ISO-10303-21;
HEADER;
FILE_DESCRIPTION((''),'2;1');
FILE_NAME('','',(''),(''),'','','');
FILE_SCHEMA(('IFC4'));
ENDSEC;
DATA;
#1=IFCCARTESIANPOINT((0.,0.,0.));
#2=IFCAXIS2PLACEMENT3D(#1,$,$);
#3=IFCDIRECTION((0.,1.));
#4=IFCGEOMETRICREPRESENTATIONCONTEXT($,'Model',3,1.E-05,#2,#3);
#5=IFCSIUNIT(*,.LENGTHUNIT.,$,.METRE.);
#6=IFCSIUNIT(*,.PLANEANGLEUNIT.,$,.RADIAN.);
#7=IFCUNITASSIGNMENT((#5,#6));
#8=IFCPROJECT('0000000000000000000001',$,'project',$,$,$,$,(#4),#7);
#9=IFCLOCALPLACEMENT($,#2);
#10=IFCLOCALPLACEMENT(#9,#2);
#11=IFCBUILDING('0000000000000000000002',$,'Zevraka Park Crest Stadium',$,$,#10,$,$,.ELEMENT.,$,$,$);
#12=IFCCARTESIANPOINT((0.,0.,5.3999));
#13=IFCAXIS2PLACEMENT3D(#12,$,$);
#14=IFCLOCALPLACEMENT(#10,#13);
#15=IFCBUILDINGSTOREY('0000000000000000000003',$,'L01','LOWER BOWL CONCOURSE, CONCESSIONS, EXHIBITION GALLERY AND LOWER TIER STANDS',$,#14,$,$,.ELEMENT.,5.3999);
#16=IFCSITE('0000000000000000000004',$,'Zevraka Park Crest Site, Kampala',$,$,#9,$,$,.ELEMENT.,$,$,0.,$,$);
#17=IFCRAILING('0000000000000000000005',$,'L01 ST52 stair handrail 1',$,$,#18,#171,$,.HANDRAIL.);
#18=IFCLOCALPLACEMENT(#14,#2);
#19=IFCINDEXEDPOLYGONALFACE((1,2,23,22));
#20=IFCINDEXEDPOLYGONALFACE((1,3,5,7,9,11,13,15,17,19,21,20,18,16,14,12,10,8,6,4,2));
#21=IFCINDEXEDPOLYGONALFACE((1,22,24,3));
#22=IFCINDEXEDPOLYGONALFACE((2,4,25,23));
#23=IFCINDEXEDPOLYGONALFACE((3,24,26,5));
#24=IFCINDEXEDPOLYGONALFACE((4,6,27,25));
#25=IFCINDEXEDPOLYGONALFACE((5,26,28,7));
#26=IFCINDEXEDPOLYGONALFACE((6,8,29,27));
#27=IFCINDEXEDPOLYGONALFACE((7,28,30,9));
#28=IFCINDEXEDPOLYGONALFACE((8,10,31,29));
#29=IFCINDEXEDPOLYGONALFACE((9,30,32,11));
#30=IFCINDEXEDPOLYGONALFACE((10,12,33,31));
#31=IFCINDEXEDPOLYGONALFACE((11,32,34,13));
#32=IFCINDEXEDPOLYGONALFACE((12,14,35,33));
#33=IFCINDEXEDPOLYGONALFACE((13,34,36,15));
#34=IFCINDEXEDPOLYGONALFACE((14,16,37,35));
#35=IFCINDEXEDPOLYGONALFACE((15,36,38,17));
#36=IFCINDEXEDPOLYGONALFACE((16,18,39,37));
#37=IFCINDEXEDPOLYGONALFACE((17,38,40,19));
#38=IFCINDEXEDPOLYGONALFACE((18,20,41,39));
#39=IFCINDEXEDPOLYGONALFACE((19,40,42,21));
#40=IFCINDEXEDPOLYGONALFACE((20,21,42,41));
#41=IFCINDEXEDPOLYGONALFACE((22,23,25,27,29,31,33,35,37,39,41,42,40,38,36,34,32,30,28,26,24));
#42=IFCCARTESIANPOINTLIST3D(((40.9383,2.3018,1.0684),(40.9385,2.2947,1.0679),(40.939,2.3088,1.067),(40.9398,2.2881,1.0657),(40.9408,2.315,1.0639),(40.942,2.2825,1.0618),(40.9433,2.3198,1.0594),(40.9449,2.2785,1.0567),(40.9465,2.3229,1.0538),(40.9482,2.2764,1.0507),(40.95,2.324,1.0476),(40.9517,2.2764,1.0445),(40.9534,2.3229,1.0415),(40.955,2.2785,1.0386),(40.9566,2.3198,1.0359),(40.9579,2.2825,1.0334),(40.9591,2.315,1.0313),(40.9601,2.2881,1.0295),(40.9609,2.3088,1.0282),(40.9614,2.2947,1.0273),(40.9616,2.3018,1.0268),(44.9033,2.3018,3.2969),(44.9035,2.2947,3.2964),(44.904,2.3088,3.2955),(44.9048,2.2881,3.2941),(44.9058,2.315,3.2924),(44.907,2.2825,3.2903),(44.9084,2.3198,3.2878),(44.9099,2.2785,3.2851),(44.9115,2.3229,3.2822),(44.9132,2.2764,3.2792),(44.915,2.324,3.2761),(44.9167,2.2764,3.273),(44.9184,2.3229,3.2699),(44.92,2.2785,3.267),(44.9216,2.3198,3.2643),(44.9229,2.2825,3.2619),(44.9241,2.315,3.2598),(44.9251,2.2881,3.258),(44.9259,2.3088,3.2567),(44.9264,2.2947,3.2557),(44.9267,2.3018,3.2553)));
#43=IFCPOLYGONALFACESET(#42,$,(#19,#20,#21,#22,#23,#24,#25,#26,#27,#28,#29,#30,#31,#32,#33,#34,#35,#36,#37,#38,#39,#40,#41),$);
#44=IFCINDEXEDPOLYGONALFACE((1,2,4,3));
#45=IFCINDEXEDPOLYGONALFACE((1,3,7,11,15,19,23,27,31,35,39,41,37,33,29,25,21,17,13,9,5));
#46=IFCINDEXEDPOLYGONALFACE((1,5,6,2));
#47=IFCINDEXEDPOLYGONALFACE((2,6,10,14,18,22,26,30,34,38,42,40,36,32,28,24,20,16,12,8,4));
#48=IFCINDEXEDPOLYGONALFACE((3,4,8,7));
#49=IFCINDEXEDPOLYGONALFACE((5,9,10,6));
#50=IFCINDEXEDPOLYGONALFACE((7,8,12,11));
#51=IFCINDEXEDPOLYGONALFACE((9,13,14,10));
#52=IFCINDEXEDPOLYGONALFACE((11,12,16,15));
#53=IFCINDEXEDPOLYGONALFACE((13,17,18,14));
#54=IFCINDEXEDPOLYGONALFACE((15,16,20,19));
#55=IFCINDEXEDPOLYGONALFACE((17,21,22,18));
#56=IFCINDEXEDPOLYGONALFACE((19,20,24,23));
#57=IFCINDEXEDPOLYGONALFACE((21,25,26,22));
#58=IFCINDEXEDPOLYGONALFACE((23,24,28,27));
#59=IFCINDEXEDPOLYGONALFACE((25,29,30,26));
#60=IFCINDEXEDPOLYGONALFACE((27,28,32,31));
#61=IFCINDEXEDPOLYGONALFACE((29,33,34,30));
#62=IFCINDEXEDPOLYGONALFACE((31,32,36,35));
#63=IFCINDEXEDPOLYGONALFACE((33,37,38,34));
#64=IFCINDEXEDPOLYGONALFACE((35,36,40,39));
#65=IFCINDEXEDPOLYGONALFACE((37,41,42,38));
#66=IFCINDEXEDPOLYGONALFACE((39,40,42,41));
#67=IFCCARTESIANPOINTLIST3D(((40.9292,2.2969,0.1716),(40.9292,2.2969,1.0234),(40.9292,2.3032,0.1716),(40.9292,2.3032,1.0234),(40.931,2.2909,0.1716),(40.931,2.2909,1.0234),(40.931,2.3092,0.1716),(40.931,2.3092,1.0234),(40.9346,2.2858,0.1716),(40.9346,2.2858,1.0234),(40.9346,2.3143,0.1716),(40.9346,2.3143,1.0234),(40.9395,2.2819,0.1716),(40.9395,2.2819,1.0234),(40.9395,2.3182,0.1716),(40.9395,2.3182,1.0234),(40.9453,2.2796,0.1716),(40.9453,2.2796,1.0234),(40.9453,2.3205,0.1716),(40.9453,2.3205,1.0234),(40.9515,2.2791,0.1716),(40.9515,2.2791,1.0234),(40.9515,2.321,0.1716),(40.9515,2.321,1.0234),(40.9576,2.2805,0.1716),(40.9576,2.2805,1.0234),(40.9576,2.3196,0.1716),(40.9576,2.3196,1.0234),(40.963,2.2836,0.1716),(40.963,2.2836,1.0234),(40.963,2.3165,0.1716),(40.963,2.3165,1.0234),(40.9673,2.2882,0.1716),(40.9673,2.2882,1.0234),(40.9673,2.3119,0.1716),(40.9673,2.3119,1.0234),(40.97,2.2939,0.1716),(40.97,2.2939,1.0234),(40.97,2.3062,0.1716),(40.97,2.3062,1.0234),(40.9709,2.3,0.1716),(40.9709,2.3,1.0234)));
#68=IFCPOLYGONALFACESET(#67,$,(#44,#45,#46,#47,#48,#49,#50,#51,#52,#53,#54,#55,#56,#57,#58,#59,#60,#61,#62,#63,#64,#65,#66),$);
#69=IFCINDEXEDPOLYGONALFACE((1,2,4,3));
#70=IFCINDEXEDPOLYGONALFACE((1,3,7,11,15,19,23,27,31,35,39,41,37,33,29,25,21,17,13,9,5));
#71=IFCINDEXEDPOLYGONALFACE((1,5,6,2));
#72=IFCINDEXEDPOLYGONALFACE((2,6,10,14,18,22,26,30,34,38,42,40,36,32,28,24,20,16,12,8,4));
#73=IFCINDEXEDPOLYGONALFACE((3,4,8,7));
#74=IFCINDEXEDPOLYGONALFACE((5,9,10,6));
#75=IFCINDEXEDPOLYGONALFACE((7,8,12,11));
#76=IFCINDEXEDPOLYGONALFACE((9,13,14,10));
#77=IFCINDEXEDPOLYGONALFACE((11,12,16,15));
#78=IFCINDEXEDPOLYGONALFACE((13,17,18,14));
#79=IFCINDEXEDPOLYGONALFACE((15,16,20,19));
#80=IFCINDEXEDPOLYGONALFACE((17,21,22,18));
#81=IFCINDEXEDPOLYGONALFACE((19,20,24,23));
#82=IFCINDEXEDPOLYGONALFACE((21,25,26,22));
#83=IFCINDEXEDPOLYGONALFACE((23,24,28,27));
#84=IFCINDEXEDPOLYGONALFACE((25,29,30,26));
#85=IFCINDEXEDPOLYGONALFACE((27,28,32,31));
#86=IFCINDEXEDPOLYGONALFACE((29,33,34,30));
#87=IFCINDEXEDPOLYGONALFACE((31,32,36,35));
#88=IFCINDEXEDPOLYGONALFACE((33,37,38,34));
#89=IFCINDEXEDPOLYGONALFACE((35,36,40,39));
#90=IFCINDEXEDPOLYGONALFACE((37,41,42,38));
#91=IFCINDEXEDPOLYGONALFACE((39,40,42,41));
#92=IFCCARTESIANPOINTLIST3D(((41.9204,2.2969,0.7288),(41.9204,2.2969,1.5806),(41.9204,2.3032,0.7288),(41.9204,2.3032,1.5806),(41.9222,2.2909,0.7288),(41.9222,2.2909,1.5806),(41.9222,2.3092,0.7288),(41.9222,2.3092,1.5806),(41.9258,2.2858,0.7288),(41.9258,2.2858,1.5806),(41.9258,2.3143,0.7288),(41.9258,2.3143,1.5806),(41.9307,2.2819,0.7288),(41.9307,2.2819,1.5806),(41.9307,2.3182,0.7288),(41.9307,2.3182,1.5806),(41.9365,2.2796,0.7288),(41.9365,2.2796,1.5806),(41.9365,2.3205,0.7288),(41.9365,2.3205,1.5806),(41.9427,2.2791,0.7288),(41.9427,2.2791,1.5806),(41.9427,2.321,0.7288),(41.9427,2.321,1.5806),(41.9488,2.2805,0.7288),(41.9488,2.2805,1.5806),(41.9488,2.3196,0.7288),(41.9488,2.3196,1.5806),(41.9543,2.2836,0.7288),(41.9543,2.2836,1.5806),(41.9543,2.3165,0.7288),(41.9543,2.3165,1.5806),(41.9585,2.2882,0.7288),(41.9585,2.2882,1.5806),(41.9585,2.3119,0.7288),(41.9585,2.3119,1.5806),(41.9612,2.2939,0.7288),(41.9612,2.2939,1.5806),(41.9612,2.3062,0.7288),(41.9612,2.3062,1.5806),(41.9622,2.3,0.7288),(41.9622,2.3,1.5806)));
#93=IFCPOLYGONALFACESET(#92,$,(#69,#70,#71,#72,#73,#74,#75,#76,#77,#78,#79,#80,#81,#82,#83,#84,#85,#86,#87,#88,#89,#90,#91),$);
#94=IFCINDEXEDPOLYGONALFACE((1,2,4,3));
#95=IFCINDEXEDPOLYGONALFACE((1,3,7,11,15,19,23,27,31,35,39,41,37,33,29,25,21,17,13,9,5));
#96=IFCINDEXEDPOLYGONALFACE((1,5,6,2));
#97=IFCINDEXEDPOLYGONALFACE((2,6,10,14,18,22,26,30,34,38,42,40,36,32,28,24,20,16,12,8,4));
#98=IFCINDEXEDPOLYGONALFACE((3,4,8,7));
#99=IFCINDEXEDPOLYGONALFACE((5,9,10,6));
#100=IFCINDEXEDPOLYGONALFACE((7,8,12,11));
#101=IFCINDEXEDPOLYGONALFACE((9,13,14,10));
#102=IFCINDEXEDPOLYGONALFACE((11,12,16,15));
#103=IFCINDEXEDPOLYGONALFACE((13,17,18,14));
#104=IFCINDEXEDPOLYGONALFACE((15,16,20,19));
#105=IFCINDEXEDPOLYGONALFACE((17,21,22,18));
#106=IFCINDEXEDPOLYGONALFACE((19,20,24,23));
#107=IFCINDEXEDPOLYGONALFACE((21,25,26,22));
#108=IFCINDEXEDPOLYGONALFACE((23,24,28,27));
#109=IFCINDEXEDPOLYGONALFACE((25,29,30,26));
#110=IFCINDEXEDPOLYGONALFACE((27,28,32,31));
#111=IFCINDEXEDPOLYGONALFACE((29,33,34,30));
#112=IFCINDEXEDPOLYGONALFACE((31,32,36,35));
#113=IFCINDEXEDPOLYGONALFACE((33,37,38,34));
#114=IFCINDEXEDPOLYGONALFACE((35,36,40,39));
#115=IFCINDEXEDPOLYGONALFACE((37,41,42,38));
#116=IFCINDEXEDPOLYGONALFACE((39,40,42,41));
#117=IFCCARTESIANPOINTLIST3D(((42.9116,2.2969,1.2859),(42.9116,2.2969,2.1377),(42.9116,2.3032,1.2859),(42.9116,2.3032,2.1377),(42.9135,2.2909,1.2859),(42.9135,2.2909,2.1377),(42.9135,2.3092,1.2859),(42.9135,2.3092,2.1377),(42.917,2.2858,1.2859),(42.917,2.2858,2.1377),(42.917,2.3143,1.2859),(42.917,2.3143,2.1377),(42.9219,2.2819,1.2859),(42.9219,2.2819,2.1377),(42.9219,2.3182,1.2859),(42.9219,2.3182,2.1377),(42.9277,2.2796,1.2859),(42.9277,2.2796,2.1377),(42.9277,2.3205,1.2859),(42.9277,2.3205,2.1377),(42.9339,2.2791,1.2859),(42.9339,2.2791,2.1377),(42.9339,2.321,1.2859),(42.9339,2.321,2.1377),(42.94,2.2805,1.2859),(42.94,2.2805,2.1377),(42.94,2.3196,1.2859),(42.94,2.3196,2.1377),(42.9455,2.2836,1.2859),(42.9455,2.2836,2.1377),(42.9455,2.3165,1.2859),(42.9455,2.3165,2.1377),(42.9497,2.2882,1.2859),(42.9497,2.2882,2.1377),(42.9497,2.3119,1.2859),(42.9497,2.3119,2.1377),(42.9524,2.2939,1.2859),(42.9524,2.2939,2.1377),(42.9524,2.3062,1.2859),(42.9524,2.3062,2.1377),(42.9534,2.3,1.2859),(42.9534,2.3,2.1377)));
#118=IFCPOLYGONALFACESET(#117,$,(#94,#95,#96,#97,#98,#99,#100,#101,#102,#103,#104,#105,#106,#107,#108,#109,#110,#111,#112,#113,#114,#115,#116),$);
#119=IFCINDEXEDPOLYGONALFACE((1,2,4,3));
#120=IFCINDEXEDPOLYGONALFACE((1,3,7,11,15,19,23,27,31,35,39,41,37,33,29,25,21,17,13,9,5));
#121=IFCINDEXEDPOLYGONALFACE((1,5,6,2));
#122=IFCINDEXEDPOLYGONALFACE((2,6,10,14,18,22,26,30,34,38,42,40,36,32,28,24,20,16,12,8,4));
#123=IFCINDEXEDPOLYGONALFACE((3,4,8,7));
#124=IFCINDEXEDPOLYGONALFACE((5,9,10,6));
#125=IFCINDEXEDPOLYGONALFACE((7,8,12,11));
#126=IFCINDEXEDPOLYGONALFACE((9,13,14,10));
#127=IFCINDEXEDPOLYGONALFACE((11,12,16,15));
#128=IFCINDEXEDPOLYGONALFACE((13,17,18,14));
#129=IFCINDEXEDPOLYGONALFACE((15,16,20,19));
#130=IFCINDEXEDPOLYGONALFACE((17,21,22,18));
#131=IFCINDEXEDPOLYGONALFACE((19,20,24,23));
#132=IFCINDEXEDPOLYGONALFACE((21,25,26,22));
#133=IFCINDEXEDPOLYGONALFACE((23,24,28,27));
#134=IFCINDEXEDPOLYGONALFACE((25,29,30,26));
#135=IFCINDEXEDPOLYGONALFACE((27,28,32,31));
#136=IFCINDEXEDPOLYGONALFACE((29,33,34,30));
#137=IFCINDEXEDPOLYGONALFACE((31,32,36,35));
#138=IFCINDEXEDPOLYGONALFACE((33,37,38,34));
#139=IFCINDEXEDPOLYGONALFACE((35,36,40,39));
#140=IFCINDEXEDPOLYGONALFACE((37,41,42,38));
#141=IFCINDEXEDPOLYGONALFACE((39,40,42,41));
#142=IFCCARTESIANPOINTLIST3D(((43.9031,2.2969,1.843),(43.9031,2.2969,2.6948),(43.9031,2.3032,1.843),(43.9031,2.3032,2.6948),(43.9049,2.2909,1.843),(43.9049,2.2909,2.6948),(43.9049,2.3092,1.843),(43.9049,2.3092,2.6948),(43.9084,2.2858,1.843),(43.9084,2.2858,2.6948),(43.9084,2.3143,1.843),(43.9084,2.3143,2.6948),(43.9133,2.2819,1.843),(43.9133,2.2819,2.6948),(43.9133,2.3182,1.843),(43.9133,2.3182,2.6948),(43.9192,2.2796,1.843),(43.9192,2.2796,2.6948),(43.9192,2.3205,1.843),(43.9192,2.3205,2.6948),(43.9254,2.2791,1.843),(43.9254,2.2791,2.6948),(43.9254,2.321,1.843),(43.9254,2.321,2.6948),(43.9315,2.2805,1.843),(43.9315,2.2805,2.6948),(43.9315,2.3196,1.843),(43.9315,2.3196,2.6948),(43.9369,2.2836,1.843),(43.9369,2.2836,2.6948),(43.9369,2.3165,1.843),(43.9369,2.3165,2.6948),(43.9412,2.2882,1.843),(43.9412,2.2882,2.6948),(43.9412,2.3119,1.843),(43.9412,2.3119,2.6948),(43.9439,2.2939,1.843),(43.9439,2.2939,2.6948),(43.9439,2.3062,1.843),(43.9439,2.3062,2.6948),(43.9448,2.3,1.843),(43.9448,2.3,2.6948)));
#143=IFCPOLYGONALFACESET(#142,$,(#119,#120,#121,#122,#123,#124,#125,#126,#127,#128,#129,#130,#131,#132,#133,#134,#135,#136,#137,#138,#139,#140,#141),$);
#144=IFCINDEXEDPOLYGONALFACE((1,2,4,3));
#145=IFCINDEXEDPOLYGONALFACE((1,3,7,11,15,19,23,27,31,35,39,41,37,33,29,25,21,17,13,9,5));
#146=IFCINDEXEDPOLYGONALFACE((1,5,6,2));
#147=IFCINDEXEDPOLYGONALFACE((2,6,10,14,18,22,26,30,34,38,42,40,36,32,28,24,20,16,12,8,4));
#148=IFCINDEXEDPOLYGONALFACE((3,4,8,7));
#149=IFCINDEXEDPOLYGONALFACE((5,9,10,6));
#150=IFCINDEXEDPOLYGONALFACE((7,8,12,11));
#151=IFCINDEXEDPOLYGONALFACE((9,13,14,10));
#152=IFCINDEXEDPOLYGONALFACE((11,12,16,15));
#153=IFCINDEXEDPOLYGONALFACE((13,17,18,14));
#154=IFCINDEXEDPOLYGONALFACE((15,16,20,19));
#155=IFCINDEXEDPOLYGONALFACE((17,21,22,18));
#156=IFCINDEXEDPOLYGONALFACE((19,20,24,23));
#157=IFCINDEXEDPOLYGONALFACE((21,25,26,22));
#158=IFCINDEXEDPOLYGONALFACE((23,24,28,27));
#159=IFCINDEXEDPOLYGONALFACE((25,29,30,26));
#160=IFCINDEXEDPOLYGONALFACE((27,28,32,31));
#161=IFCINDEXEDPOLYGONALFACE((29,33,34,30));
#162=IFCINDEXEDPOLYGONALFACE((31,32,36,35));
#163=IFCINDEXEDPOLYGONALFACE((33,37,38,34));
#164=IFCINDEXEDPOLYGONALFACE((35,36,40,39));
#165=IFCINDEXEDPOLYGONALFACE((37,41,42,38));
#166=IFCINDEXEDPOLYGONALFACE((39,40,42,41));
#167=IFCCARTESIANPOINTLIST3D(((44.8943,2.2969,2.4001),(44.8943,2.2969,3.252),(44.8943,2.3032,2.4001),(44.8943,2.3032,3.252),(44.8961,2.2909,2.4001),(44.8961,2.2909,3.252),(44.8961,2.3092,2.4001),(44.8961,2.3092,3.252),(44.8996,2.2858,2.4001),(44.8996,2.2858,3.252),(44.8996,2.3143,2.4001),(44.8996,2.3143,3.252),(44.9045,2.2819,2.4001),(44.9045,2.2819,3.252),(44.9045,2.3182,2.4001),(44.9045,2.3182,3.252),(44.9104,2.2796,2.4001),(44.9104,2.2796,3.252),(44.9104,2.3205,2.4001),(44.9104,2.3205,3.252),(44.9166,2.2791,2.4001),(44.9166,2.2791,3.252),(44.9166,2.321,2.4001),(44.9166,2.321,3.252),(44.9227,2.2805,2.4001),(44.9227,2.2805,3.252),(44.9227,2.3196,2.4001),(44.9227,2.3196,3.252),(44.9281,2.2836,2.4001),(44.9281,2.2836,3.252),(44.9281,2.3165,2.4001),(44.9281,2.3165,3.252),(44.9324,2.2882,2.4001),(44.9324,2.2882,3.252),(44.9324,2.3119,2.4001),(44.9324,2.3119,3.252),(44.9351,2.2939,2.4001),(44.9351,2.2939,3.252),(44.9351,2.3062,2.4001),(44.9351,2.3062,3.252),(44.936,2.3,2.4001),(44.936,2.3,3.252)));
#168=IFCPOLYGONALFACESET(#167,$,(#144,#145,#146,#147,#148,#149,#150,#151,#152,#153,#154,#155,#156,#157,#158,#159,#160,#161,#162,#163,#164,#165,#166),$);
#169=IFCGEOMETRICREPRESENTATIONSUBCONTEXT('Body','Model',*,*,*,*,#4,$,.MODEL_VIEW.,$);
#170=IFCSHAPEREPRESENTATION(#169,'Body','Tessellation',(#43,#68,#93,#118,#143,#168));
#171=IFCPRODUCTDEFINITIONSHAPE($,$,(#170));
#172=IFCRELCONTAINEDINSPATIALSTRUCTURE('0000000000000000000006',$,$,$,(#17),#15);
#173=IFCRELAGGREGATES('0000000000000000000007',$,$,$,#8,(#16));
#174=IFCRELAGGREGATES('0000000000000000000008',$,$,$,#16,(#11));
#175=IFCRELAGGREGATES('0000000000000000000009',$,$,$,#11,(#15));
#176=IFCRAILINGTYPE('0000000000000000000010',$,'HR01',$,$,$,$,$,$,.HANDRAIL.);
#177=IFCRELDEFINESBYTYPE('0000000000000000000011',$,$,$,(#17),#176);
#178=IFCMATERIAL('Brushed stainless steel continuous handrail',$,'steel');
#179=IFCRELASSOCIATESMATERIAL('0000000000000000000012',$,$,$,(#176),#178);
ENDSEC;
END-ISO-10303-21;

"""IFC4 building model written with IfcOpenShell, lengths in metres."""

from ifc_helpers import new_model, si_unit, direction, frame, origin, origin_2d, place, context, subcontext, project, spatial, circle, extrude, material, type_object, element, save


model = new_model("IFC4")

# Units and contexts
model_context = context("Model", 3, precision=1e-05, world=origin(), true_north=direction((0.0, 1.0)))
body_context = subcontext(model_context, "Body", "Model", "MODEL_VIEW")
ifc_project = project(units=[si_unit("LENGTHUNIT", "METRE"), si_unit("PLANEANGLEUNIT", "RADIAN")], contexts=[model_context])

# Site, building, storey
site_placement = place(None, origin())
site = spatial("IfcSite", under=ifc_project, at=site_placement, Name="Zevraka Park Crest Site, Kampala", CompositionType="ELEMENT", RefElevation=0.0)
building_placement = place(site_placement, origin())
building = spatial("IfcBuilding", under=site, at=building_placement, Name="Zevraka Park Crest Stadium", CompositionType="ELEMENT")
storey_placement = place(building_placement, frame((0.0, 0.0, 5.3999)))
storey = spatial("IfcBuildingStorey", under=building, at=storey_placement, Name="L01", Description="LOWER BOWL CONCOURSE, CONCESSIONS, EXHIBITION GALLERY AND LOWER TIER STANDS", CompositionType="ELEMENT", Elevation=5.3999)

# Railing
ifc_material_1 = material(Name="Brushed stainless steel continuous handrail", Category="steel")
railing_type_1 = type_object("IfcRailingType", Name="HR01", PredefinedType="HANDRAIL", material=ifc_material_1)
railing_1_placement = place(storey_placement, frame((40.95, 2.3, 0.1716)))
element("IfcRailing", 1, at=railing_1_placement, inside=storey, type_object=railing_type_1, Name="L01 ST52 stair handrail 1", PredefinedType="HANDRAIL", context=body_context, shape_type="SweptSolid", body=[
    extrude(circle(Radius=0.0239, at=origin_2d()), frame((0.0, 0.0, 0.876), z_axis=(0.871749, 0.0, 0.489953), x_axis=(0.0, 1.0, 0.0)), (0.0, 0.0, 1.0), 4.5483),
    extrude(circle(Radius=0.021, at=origin_2d()), origin(), (0.0, 0.0, 1.0), 0.8518),
    extrude(circle(Radius=0.021, at=origin_2d()), frame((0.9912, 0.0, 0.5571)), (0.0, 0.0, 1.0), 0.8518),
    extrude(circle(Radius=0.021, at=origin_2d()), frame((1.9824, 0.0, 1.1143)), (0.0, 0.0, 1.0), 0.8518),
    extrude(circle(Radius=0.021, at=origin_2d()), frame((2.9739, 0.0, 1.6714)), (0.0, 0.0, 1.0), 0.8518),
    extrude(circle(Radius=0.021, at=origin_2d()), frame((3.9651, 0.0, 2.2285)), (0.0, 0.0, 1.0), 0.8518),
])

save(model, "model.ifc")
